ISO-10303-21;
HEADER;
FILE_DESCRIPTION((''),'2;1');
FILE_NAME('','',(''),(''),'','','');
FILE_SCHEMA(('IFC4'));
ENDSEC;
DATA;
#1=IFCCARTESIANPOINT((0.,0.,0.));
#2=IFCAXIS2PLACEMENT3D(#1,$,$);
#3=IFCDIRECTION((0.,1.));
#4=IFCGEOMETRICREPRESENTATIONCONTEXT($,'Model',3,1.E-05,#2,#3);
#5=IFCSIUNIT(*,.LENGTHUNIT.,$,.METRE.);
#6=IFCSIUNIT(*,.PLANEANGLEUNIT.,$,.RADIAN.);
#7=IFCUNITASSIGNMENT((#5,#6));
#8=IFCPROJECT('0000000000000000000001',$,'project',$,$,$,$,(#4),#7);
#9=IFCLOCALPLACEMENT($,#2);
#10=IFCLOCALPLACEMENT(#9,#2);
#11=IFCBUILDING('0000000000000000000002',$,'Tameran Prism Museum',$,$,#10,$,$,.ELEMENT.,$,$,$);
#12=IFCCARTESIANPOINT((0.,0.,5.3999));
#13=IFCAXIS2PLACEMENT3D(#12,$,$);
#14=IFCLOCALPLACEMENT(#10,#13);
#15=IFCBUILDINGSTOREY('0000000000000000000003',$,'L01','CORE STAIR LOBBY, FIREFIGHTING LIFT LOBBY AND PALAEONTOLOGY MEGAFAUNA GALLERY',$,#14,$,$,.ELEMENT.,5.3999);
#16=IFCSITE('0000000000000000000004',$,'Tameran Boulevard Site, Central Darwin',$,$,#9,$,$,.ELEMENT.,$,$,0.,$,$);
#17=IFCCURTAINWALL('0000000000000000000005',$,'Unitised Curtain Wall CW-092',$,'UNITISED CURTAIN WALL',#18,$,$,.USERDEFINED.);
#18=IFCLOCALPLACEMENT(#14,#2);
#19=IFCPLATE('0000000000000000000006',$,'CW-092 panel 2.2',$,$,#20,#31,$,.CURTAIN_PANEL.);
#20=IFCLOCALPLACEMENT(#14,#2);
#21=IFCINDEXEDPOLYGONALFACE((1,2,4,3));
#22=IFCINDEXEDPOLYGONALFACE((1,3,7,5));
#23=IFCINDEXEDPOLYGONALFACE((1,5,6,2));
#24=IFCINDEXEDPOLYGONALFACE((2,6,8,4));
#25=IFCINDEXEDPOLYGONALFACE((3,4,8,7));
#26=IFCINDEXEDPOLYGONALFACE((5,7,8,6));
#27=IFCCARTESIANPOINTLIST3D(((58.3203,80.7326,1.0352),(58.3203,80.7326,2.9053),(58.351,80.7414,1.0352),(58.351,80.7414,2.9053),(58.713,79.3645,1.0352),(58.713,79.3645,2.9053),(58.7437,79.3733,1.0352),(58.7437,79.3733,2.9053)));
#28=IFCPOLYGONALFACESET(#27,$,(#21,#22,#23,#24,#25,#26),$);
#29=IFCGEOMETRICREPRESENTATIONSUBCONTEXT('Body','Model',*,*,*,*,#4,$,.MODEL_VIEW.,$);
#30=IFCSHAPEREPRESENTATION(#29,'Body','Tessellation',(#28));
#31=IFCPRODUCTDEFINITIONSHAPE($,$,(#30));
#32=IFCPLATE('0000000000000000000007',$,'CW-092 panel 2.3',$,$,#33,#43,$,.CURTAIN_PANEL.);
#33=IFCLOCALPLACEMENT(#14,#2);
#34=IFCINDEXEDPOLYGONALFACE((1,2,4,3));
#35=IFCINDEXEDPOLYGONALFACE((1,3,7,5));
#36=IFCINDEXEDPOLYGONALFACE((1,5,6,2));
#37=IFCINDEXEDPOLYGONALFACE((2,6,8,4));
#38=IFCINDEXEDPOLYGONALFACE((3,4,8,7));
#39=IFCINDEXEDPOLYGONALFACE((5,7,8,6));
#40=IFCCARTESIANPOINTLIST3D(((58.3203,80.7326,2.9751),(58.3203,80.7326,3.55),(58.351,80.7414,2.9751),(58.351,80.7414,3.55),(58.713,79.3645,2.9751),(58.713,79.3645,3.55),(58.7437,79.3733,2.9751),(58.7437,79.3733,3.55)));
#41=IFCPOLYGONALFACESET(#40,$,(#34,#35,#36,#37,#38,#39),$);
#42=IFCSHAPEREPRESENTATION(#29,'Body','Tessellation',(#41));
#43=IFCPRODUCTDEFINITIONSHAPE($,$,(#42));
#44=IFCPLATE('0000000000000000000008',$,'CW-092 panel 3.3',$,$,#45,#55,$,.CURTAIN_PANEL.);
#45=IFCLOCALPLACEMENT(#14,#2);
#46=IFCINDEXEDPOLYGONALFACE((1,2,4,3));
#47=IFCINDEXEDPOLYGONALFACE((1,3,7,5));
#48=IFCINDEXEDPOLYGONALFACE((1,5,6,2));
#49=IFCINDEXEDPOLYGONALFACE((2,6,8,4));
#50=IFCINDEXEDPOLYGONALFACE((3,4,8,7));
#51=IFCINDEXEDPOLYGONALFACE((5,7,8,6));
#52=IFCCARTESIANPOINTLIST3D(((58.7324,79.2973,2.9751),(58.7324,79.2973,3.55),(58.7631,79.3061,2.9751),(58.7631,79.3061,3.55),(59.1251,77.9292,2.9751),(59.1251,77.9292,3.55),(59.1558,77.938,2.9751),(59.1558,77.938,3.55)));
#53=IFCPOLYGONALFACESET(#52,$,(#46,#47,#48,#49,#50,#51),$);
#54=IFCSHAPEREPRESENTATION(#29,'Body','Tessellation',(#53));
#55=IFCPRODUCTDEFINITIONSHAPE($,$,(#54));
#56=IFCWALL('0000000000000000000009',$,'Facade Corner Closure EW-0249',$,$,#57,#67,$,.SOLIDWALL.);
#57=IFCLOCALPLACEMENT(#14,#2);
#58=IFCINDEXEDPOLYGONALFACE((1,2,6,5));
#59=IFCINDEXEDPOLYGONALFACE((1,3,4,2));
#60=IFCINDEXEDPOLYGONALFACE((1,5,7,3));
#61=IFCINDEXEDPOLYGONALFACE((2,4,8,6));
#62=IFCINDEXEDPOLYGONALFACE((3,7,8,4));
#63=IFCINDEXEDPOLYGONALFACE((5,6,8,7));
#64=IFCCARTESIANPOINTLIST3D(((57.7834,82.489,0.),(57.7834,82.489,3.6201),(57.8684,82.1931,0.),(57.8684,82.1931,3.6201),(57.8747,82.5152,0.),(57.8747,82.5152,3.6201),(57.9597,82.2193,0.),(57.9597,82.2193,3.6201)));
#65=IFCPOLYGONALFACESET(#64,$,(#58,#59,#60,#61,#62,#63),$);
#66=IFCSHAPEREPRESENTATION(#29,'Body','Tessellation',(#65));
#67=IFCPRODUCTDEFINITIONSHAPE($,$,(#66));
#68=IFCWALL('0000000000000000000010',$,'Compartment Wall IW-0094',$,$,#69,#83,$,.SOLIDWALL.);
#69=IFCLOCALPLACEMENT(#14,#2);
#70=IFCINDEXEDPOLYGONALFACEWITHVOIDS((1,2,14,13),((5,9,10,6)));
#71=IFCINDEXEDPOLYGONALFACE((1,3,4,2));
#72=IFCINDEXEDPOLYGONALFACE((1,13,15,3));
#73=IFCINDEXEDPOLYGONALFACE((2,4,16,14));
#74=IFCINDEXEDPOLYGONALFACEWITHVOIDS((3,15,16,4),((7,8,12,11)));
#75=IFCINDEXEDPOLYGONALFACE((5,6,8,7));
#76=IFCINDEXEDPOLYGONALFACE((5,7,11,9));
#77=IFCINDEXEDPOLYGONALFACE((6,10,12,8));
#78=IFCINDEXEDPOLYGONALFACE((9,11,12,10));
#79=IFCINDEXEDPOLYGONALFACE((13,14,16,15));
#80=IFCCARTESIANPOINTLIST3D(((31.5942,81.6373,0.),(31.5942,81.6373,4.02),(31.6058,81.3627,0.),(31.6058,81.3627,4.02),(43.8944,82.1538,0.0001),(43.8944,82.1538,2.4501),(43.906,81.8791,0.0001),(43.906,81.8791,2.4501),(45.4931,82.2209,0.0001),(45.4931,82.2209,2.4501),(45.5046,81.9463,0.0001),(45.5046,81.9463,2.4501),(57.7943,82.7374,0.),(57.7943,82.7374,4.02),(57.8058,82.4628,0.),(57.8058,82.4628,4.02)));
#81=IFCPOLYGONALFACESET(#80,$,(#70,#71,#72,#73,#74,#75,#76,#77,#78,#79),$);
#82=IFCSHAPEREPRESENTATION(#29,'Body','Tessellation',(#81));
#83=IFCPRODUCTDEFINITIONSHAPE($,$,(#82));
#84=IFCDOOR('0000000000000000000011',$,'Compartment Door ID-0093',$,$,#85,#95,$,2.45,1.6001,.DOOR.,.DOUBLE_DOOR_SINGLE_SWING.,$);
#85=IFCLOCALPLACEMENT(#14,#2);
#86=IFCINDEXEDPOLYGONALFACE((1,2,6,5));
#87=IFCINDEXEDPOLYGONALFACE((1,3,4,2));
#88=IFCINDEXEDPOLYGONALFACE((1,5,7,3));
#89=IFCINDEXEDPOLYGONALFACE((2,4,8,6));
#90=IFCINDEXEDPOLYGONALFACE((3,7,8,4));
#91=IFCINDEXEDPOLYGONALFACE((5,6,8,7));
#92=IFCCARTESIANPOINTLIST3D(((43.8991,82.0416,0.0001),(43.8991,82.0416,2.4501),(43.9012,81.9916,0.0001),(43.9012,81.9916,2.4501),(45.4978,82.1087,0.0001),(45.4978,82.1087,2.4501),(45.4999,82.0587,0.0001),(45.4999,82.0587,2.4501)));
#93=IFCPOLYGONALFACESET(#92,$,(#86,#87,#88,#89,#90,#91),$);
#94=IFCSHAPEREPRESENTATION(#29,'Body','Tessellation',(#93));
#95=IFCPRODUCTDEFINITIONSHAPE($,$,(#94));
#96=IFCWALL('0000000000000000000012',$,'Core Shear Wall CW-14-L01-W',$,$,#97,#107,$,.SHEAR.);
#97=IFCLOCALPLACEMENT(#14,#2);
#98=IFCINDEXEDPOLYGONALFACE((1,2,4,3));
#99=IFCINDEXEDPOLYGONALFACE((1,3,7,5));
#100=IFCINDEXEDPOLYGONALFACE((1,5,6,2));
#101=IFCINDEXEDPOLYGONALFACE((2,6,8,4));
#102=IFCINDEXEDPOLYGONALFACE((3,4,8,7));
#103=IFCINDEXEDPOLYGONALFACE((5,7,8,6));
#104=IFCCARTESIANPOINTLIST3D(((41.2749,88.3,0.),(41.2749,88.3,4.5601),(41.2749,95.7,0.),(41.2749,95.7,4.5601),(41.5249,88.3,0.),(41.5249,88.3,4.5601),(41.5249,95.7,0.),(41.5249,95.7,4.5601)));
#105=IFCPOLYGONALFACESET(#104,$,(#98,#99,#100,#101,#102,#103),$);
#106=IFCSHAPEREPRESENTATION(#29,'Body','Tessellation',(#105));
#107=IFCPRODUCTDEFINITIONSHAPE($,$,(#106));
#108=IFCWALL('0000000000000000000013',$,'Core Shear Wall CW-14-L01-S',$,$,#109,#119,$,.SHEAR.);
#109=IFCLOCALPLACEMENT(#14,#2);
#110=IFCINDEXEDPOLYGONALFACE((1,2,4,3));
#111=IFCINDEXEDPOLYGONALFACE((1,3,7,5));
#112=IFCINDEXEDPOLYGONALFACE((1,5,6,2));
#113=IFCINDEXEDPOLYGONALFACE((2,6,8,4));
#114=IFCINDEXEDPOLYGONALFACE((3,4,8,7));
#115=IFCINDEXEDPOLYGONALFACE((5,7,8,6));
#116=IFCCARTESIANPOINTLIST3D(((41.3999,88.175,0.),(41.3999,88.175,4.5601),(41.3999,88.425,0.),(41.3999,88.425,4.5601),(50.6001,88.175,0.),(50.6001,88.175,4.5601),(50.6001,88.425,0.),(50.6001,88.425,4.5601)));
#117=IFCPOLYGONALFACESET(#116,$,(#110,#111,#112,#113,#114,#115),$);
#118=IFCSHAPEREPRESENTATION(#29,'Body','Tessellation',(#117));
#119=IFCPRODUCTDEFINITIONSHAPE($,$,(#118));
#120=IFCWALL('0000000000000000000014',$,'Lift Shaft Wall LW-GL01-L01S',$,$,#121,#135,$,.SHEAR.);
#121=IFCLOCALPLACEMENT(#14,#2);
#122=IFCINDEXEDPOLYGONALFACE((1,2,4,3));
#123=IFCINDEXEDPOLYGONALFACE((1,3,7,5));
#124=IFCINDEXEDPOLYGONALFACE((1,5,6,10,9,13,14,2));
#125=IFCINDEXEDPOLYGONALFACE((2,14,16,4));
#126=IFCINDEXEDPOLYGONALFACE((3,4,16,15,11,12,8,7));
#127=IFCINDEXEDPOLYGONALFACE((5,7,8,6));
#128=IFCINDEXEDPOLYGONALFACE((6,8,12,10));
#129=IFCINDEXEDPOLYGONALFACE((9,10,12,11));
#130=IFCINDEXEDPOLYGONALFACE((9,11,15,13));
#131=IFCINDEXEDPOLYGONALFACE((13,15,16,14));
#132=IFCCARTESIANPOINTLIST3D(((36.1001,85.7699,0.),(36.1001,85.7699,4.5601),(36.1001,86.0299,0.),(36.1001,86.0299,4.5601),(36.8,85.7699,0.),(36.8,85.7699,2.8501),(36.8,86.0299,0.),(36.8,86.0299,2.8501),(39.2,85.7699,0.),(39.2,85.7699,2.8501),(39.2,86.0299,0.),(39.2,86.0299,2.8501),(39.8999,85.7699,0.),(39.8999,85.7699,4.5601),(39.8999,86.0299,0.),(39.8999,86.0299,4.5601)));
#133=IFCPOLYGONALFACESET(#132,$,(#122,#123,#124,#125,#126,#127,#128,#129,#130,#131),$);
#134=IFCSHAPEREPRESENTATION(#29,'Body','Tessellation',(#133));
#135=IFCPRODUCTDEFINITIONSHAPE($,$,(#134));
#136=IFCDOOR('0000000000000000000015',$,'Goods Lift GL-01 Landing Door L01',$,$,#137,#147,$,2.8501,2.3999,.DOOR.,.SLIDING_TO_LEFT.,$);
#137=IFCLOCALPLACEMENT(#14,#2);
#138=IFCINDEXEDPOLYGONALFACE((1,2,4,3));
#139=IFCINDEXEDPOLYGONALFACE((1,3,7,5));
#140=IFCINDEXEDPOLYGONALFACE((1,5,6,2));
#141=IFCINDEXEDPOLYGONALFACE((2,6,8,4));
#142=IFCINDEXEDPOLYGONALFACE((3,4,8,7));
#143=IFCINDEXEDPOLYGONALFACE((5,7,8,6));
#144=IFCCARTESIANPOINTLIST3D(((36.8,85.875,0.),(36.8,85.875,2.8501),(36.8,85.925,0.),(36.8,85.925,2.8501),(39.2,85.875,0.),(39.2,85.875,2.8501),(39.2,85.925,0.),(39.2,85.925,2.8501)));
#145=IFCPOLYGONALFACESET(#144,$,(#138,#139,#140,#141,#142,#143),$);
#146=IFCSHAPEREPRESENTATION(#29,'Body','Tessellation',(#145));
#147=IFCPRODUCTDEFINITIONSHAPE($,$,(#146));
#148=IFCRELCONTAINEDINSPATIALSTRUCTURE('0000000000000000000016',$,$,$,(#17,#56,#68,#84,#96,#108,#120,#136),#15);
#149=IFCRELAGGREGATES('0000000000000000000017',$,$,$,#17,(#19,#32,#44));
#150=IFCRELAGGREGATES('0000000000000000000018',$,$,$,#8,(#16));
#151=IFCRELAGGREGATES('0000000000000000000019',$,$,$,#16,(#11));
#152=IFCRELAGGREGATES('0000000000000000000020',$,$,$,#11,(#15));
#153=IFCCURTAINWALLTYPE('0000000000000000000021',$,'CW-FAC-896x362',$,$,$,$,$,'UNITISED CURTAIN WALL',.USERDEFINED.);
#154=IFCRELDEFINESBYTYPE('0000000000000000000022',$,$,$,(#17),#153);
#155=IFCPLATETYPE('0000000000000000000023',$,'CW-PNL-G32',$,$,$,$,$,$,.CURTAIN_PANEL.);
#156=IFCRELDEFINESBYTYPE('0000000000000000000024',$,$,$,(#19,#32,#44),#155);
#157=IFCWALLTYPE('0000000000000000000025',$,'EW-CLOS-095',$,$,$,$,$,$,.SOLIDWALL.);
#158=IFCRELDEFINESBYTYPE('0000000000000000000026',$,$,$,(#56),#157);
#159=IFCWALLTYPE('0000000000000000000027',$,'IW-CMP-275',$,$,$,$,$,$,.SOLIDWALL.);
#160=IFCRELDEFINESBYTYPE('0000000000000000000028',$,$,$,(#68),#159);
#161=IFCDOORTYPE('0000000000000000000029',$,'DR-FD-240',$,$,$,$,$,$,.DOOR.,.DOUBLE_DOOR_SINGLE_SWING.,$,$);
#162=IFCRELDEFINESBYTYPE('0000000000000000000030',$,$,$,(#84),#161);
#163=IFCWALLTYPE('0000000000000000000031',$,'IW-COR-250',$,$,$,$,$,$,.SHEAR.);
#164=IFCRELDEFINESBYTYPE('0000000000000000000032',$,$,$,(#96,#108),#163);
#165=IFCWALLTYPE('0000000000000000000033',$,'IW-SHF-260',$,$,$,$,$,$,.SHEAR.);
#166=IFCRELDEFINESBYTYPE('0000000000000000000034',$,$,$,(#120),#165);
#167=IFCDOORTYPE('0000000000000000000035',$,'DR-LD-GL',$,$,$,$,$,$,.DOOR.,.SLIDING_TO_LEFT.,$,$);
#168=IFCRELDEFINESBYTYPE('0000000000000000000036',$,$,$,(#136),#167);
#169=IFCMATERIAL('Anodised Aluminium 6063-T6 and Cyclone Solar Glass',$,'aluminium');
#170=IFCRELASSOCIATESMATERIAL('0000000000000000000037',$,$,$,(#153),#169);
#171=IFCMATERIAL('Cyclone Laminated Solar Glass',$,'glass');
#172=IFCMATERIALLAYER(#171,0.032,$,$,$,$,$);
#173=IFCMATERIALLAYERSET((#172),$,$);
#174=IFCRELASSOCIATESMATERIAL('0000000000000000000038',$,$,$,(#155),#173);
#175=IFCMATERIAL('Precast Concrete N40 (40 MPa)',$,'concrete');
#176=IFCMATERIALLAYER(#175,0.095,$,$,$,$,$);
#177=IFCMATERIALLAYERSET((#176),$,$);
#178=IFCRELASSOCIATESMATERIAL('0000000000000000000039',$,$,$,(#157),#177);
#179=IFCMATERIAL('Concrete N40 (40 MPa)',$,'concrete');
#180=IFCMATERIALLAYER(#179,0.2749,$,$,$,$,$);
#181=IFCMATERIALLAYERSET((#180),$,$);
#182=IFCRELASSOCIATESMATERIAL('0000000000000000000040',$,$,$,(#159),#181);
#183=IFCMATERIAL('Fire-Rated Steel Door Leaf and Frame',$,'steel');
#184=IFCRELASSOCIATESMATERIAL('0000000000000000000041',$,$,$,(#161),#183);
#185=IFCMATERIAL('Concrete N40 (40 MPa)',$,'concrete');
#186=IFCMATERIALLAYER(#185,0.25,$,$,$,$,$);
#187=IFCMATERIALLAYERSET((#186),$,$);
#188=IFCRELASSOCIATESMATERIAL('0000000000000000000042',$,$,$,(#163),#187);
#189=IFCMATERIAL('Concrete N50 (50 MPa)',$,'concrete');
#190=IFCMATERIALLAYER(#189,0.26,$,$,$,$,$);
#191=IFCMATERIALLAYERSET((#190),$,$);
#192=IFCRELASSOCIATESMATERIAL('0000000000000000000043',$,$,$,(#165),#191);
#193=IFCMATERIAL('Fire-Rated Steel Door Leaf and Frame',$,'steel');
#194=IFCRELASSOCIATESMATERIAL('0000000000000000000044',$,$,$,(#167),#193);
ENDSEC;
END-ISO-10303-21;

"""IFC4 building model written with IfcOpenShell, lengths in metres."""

from ifc_helpers import new_model, si_unit, direction, frame, frame_2d, origin, origin_2d, place, context, subcontext, project, spatial, rectangle, extrude, material, layer, layer_set, type_object, element, fill, aggregate, save


model = new_model("IFC4")

# Units and contexts
model_context = context("Model", 3, precision=1e-05, world=origin(), true_north=direction((0.0, 1.0)))
body_context = subcontext(model_context, "Body", "Model", "MODEL_VIEW")
ifc_project = project(units=[si_unit("LENGTHUNIT", "METRE"), si_unit("PLANEANGLEUNIT", "RADIAN")], contexts=[model_context])

# Site, building, storey
site_placement = place(None, origin())
site = spatial("IfcSite", under=ifc_project, at=site_placement, Name="Tameran Boulevard Site, Central Darwin", CompositionType="ELEMENT", RefElevation=0.0)
building_placement = place(site_placement, origin())
building = spatial("IfcBuilding", under=site, at=building_placement, Name="Tameran Prism Museum", CompositionType="ELEMENT")
storey_placement = place(building_placement, frame((0.0, 0.0, 5.3999)))
storey = spatial("IfcBuildingStorey", under=building, at=storey_placement, Name="L01", Description="CORE STAIR LOBBY, FIREFIGHTING LIFT LOBBY AND PALAEONTOLOGY MEGAFAUNA GALLERY", CompositionType="ELEMENT", Elevation=5.3999)

# Curtain wall, plates
ifc_material_1 = material(Name="Anodised Aluminium 6063-T6 and Cyclone Solar Glass", Category="aluminium")
curtain_wall_type = type_object("IfcCurtainWallType", Name="CW-FAC-896x362", ElementType="UNITISED CURTAIN WALL", PredefinedType="USERDEFINED", material=ifc_material_1)
curtain_wall_placement = place(storey_placement, origin())
curtain_wall = element("IfcCurtainWall", 1, at=curtain_wall_placement, inside=storey, type_object=curtain_wall_type, Name="Unitised Curtain Wall CW-092", ObjectType="UNITISED CURTAIN WALL", PredefinedType="USERDEFINED")
ifc_material_2 = material(Name="Cyclone Laminated Solar Glass", Category="glass")
ifc_layer_1 = layer(ifc_material_2, 0.032)
ifc_layer_set_1 = layer_set([ifc_layer_1])
plate_type = type_object("IfcPlateType", Name="CW-PNL-G32", PredefinedType="CURTAIN_PANEL", material=ifc_layer_set_1)
plate_1_placement = place(storey_placement, frame((58.532, 80.053, 1.0352), z_axis=(0.0, 0.0, 1.0), x_axis=(0.2759, -0.961186, 0.0)))
plate_1 = element("IfcPlate", 2, at=plate_1_placement, type_object=plate_type, Name="CW-092 panel 2.2", PredefinedType="CURTAIN_PANEL", context=body_context, shape_type="SweptSolid", body=[
    extrude(rectangle(XDim=1.4233, YDim=0.032, at=origin_2d()), origin(), (0.0, 0.0, 1.0), 1.8701),
])
plate_2_placement = place(storey_placement, frame((58.532, 80.053, 2.9751), z_axis=(0.0, 0.0, 1.0), x_axis=(0.2759, -0.961186, 0.0)))
plate_2 = element("IfcPlate", 3, at=plate_2_placement, type_object=plate_type, Name="CW-092 panel 2.3", PredefinedType="CURTAIN_PANEL", context=body_context, shape_type="SweptSolid", body=[
    extrude(rectangle(XDim=1.4233, YDim=0.032, at=origin_2d()), origin(), (0.0, 0.0, 1.0), 0.575),
])
plate_3_placement = place(storey_placement, frame((58.9441, 78.6177, 2.9751), z_axis=(0.0, 0.0, 1.0), x_axis=(0.2759, -0.961186, 0.0)))
plate_3 = element("IfcPlate", 4, at=plate_3_placement, type_object=plate_type, Name="CW-092 panel 3.3", PredefinedType="CURTAIN_PANEL", context=body_context, shape_type="SweptSolid", body=[
    extrude(rectangle(XDim=1.4233, YDim=0.032, at=origin_2d()), origin(), (0.0, 0.0, 1.0), 0.575),
])
aggregate(curtain_wall, [plate_1, plate_2, plate_3])

# Wall
ifc_material_3 = material(Name="Precast Concrete N40 (40 MPa)", Category="concrete")
ifc_layer_2 = layer(ifc_material_3, 0.095)
ifc_layer_set_2 = layer_set([ifc_layer_2])
wall_type_1 = type_object("IfcWallType", Name="EW-CLOS-095", PredefinedType="SOLIDWALL", material=ifc_layer_set_2)
wall_1_placement = place(storey_placement, frame((57.8291, 82.502, 0.0), z_axis=(0.0, 0.0, 1.0), x_axis=(0.275978, -0.961164, 0.0)))
element("IfcWall", 5, at=wall_1_placement, inside=storey, type_object=wall_type_1, Name="Facade Corner Closure EW-0249", PredefinedType="SOLIDWALL", context=body_context, shape_type="SweptSolid", body=[
    extrude(rectangle(XDim=0.3079, YDim=0.095, at=frame_2d((0.1538, 0.0))), origin(), (0.0, 0.0, 1.0), 3.6201),
])

# Wall, opening, door
ifc_material_4 = material(Name="Concrete N40 (40 MPa)", Category="concrete")
ifc_layer_3 = layer(ifc_material_4, 0.2749)
ifc_layer_set_3 = layer_set([ifc_layer_3])
wall_type_2 = type_object("IfcWallType", Name="IW-CMP-275", PredefinedType="SOLIDWALL", material=ifc_layer_set_3)
wall_2_placement = place(storey_placement, frame((57.8, 82.6001, 0.0), z_axis=(0.0, 0.0, 1.0), x_axis=(-0.99912, -0.041952, 0.0)))
wall_2 = element("IfcWall", 6, at=wall_2_placement, inside=storey, type_object=wall_type_2, Name="Compartment Wall IW-0094", PredefinedType="SOLIDWALL", context=body_context, shape_type="SweptSolid", body=[
    extrude(rectangle(XDim=26.2231, YDim=0.2749, at=frame_2d((13.1116, 0.0))), origin(), (0.0, 0.0, 1.0), 4.02),
])
opening_1_placement = place(wall_2_placement, frame((12.312, 0.0, 0.0)))
opening_1 = element("IfcOpeningElement", 7, at=opening_1_placement, cuts=wall_2, PredefinedType="OPENING", context=body_context, shape_type="SweptSolid", body=[
    extrude(rectangle(XDim=1.6001, YDim=2.45, at=frame_2d((0.8, 1.2251))), frame((0.0, 0.1475, 0.0), z_axis=(0.0, -1.0, 0.0), x_axis=(1.0, 0.0, 0.0)), (0.0, 0.0, 1.0), 0.2949),
])
ifc_material_5 = material(Name="Fire-Rated Steel Door Leaf and Frame", Category="steel")
door_type_1 = type_object("IfcDoorType", Name="DR-FD-240", OperationType="DOUBLE_DOOR_SINGLE_SWING", PredefinedType="DOOR", material=ifc_material_5)
door_1_placement = place(opening_1_placement, origin())
door_1 = element("IfcDoor", 8, at=door_1_placement, inside=storey, type_object=door_type_1, Name="Compartment Door ID-0093", OperationType="DOUBLE_DOOR_SINGLE_SWING", OverallHeight=2.45, OverallWidth=1.6001, PredefinedType="DOOR", context=body_context, shape_type="SweptSolid", body=[
    extrude(rectangle(XDim=1.6001, YDim=2.45, at=frame_2d((0.8, 1.2251))), frame((0.0, 0.0249, 0.0), z_axis=(0.0, -1.0, 0.0), x_axis=(1.0, 0.0, 0.0)), (0.0, 0.0, 1.0), 0.05),
])
fill(opening_1, door_1)

# Walls
ifc_material_6 = material(Name="Concrete N40 (40 MPa)", Category="concrete")
ifc_layer_4 = layer(ifc_material_6, 0.25)
ifc_layer_set_4 = layer_set([ifc_layer_4])
wall_type_3 = type_object("IfcWallType", Name="IW-COR-250", PredefinedType="SHEAR", material=ifc_layer_set_4)
wall_3_placement = place(storey_placement, frame((41.3999, 88.3, 0.0), z_axis=(0.0, 0.0, 1.0), x_axis=(0.0, 1.0, 0.0)))
element("IfcWall", 9, at=wall_3_placement, inside=storey, type_object=wall_type_3, Name="Core Shear Wall CW-14-L01-W", PredefinedType="SHEAR", context=body_context, shape_type="SweptSolid", body=[
    extrude(rectangle(XDim=7.3999, YDim=0.25, at=frame_2d((3.7, 0.0))), origin(), (0.0, 0.0, 1.0), 4.5601),
])
wall_4_placement = place(storey_placement, frame((50.6001, 88.3, 0.0), z_axis=(0.0, 0.0, 1.0), x_axis=(-1.0, 0.0, 0.0)))
element("IfcWall", 10, at=wall_4_placement, inside=storey, type_object=wall_type_3, Name="Core Shear Wall CW-14-L01-S", PredefinedType="SHEAR", context=body_context, shape_type="SweptSolid", body=[
    extrude(rectangle(XDim=9.2002, YDim=0.25, at=frame_2d((4.6001, 0.0))), origin(), (0.0, 0.0, 1.0), 4.5601),
])

# Wall, opening, door
ifc_material_7 = material(Name="Concrete N50 (50 MPa)", Category="concrete")
ifc_layer_5 = layer(ifc_material_7, 0.26)
ifc_layer_set_5 = layer_set([ifc_layer_5])
wall_type_4 = type_object("IfcWallType", Name="IW-SHF-260", PredefinedType="SHEAR", material=ifc_layer_set_5)
wall_5_placement = place(storey_placement, frame((39.8999, 85.8999, 0.0), z_axis=(0.0, 0.0, 1.0), x_axis=(-1.0, 0.0, 0.0)))
wall_5 = element("IfcWall", 11, at=wall_5_placement, inside=storey, type_object=wall_type_4, Name="Lift Shaft Wall LW-GL01-L01S", PredefinedType="SHEAR", context=body_context, shape_type="SweptSolid", body=[
    extrude(rectangle(XDim=3.7998, YDim=0.26, at=frame_2d((1.8999, 0.0))), origin(), (0.0, 0.0, 1.0), 4.5601),
])
opening_2_placement = place(wall_5_placement, frame((0.7, 0.0, 0.0)))
opening_2 = element("IfcOpeningElement", 12, at=opening_2_placement, cuts=wall_5, PredefinedType="OPENING", context=body_context, shape_type="SweptSolid", body=[
    extrude(rectangle(XDim=2.3999, YDim=2.8501, at=frame_2d((1.2, 1.425))), frame((0.0, 0.1399, 0.0), z_axis=(0.0, -1.0, 0.0), x_axis=(1.0, 0.0, 0.0)), (0.0, 0.0, 1.0), 0.28),
])
ifc_material_8 = material(Name="Fire-Rated Steel Door Leaf and Frame", Category="steel")
door_type_2 = type_object("IfcDoorType", Name="DR-LD-GL", OperationType="SLIDING_TO_LEFT", PredefinedType="DOOR", material=ifc_material_8)
door_2_placement = place(opening_2_placement, origin())
door_2 = element("IfcDoor", 13, at=door_2_placement, inside=storey, type_object=door_type_2, Name="Goods Lift GL-01 Landing Door L01", OperationType="SLIDING_TO_LEFT", OverallHeight=2.8501, OverallWidth=2.3999, PredefinedType="DOOR", context=body_context, shape_type="SweptSolid", body=[
    extrude(rectangle(XDim=2.3999, YDim=2.8501, at=frame_2d((1.2, 1.425))), frame((0.0, 0.0249, 0.0), z_axis=(0.0, -1.0, 0.0), x_axis=(1.0, 0.0, 0.0)), (0.0, 0.0, 1.0), 0.05),
])
fill(opening_2, door_2)

save(model, "model.ifc")
